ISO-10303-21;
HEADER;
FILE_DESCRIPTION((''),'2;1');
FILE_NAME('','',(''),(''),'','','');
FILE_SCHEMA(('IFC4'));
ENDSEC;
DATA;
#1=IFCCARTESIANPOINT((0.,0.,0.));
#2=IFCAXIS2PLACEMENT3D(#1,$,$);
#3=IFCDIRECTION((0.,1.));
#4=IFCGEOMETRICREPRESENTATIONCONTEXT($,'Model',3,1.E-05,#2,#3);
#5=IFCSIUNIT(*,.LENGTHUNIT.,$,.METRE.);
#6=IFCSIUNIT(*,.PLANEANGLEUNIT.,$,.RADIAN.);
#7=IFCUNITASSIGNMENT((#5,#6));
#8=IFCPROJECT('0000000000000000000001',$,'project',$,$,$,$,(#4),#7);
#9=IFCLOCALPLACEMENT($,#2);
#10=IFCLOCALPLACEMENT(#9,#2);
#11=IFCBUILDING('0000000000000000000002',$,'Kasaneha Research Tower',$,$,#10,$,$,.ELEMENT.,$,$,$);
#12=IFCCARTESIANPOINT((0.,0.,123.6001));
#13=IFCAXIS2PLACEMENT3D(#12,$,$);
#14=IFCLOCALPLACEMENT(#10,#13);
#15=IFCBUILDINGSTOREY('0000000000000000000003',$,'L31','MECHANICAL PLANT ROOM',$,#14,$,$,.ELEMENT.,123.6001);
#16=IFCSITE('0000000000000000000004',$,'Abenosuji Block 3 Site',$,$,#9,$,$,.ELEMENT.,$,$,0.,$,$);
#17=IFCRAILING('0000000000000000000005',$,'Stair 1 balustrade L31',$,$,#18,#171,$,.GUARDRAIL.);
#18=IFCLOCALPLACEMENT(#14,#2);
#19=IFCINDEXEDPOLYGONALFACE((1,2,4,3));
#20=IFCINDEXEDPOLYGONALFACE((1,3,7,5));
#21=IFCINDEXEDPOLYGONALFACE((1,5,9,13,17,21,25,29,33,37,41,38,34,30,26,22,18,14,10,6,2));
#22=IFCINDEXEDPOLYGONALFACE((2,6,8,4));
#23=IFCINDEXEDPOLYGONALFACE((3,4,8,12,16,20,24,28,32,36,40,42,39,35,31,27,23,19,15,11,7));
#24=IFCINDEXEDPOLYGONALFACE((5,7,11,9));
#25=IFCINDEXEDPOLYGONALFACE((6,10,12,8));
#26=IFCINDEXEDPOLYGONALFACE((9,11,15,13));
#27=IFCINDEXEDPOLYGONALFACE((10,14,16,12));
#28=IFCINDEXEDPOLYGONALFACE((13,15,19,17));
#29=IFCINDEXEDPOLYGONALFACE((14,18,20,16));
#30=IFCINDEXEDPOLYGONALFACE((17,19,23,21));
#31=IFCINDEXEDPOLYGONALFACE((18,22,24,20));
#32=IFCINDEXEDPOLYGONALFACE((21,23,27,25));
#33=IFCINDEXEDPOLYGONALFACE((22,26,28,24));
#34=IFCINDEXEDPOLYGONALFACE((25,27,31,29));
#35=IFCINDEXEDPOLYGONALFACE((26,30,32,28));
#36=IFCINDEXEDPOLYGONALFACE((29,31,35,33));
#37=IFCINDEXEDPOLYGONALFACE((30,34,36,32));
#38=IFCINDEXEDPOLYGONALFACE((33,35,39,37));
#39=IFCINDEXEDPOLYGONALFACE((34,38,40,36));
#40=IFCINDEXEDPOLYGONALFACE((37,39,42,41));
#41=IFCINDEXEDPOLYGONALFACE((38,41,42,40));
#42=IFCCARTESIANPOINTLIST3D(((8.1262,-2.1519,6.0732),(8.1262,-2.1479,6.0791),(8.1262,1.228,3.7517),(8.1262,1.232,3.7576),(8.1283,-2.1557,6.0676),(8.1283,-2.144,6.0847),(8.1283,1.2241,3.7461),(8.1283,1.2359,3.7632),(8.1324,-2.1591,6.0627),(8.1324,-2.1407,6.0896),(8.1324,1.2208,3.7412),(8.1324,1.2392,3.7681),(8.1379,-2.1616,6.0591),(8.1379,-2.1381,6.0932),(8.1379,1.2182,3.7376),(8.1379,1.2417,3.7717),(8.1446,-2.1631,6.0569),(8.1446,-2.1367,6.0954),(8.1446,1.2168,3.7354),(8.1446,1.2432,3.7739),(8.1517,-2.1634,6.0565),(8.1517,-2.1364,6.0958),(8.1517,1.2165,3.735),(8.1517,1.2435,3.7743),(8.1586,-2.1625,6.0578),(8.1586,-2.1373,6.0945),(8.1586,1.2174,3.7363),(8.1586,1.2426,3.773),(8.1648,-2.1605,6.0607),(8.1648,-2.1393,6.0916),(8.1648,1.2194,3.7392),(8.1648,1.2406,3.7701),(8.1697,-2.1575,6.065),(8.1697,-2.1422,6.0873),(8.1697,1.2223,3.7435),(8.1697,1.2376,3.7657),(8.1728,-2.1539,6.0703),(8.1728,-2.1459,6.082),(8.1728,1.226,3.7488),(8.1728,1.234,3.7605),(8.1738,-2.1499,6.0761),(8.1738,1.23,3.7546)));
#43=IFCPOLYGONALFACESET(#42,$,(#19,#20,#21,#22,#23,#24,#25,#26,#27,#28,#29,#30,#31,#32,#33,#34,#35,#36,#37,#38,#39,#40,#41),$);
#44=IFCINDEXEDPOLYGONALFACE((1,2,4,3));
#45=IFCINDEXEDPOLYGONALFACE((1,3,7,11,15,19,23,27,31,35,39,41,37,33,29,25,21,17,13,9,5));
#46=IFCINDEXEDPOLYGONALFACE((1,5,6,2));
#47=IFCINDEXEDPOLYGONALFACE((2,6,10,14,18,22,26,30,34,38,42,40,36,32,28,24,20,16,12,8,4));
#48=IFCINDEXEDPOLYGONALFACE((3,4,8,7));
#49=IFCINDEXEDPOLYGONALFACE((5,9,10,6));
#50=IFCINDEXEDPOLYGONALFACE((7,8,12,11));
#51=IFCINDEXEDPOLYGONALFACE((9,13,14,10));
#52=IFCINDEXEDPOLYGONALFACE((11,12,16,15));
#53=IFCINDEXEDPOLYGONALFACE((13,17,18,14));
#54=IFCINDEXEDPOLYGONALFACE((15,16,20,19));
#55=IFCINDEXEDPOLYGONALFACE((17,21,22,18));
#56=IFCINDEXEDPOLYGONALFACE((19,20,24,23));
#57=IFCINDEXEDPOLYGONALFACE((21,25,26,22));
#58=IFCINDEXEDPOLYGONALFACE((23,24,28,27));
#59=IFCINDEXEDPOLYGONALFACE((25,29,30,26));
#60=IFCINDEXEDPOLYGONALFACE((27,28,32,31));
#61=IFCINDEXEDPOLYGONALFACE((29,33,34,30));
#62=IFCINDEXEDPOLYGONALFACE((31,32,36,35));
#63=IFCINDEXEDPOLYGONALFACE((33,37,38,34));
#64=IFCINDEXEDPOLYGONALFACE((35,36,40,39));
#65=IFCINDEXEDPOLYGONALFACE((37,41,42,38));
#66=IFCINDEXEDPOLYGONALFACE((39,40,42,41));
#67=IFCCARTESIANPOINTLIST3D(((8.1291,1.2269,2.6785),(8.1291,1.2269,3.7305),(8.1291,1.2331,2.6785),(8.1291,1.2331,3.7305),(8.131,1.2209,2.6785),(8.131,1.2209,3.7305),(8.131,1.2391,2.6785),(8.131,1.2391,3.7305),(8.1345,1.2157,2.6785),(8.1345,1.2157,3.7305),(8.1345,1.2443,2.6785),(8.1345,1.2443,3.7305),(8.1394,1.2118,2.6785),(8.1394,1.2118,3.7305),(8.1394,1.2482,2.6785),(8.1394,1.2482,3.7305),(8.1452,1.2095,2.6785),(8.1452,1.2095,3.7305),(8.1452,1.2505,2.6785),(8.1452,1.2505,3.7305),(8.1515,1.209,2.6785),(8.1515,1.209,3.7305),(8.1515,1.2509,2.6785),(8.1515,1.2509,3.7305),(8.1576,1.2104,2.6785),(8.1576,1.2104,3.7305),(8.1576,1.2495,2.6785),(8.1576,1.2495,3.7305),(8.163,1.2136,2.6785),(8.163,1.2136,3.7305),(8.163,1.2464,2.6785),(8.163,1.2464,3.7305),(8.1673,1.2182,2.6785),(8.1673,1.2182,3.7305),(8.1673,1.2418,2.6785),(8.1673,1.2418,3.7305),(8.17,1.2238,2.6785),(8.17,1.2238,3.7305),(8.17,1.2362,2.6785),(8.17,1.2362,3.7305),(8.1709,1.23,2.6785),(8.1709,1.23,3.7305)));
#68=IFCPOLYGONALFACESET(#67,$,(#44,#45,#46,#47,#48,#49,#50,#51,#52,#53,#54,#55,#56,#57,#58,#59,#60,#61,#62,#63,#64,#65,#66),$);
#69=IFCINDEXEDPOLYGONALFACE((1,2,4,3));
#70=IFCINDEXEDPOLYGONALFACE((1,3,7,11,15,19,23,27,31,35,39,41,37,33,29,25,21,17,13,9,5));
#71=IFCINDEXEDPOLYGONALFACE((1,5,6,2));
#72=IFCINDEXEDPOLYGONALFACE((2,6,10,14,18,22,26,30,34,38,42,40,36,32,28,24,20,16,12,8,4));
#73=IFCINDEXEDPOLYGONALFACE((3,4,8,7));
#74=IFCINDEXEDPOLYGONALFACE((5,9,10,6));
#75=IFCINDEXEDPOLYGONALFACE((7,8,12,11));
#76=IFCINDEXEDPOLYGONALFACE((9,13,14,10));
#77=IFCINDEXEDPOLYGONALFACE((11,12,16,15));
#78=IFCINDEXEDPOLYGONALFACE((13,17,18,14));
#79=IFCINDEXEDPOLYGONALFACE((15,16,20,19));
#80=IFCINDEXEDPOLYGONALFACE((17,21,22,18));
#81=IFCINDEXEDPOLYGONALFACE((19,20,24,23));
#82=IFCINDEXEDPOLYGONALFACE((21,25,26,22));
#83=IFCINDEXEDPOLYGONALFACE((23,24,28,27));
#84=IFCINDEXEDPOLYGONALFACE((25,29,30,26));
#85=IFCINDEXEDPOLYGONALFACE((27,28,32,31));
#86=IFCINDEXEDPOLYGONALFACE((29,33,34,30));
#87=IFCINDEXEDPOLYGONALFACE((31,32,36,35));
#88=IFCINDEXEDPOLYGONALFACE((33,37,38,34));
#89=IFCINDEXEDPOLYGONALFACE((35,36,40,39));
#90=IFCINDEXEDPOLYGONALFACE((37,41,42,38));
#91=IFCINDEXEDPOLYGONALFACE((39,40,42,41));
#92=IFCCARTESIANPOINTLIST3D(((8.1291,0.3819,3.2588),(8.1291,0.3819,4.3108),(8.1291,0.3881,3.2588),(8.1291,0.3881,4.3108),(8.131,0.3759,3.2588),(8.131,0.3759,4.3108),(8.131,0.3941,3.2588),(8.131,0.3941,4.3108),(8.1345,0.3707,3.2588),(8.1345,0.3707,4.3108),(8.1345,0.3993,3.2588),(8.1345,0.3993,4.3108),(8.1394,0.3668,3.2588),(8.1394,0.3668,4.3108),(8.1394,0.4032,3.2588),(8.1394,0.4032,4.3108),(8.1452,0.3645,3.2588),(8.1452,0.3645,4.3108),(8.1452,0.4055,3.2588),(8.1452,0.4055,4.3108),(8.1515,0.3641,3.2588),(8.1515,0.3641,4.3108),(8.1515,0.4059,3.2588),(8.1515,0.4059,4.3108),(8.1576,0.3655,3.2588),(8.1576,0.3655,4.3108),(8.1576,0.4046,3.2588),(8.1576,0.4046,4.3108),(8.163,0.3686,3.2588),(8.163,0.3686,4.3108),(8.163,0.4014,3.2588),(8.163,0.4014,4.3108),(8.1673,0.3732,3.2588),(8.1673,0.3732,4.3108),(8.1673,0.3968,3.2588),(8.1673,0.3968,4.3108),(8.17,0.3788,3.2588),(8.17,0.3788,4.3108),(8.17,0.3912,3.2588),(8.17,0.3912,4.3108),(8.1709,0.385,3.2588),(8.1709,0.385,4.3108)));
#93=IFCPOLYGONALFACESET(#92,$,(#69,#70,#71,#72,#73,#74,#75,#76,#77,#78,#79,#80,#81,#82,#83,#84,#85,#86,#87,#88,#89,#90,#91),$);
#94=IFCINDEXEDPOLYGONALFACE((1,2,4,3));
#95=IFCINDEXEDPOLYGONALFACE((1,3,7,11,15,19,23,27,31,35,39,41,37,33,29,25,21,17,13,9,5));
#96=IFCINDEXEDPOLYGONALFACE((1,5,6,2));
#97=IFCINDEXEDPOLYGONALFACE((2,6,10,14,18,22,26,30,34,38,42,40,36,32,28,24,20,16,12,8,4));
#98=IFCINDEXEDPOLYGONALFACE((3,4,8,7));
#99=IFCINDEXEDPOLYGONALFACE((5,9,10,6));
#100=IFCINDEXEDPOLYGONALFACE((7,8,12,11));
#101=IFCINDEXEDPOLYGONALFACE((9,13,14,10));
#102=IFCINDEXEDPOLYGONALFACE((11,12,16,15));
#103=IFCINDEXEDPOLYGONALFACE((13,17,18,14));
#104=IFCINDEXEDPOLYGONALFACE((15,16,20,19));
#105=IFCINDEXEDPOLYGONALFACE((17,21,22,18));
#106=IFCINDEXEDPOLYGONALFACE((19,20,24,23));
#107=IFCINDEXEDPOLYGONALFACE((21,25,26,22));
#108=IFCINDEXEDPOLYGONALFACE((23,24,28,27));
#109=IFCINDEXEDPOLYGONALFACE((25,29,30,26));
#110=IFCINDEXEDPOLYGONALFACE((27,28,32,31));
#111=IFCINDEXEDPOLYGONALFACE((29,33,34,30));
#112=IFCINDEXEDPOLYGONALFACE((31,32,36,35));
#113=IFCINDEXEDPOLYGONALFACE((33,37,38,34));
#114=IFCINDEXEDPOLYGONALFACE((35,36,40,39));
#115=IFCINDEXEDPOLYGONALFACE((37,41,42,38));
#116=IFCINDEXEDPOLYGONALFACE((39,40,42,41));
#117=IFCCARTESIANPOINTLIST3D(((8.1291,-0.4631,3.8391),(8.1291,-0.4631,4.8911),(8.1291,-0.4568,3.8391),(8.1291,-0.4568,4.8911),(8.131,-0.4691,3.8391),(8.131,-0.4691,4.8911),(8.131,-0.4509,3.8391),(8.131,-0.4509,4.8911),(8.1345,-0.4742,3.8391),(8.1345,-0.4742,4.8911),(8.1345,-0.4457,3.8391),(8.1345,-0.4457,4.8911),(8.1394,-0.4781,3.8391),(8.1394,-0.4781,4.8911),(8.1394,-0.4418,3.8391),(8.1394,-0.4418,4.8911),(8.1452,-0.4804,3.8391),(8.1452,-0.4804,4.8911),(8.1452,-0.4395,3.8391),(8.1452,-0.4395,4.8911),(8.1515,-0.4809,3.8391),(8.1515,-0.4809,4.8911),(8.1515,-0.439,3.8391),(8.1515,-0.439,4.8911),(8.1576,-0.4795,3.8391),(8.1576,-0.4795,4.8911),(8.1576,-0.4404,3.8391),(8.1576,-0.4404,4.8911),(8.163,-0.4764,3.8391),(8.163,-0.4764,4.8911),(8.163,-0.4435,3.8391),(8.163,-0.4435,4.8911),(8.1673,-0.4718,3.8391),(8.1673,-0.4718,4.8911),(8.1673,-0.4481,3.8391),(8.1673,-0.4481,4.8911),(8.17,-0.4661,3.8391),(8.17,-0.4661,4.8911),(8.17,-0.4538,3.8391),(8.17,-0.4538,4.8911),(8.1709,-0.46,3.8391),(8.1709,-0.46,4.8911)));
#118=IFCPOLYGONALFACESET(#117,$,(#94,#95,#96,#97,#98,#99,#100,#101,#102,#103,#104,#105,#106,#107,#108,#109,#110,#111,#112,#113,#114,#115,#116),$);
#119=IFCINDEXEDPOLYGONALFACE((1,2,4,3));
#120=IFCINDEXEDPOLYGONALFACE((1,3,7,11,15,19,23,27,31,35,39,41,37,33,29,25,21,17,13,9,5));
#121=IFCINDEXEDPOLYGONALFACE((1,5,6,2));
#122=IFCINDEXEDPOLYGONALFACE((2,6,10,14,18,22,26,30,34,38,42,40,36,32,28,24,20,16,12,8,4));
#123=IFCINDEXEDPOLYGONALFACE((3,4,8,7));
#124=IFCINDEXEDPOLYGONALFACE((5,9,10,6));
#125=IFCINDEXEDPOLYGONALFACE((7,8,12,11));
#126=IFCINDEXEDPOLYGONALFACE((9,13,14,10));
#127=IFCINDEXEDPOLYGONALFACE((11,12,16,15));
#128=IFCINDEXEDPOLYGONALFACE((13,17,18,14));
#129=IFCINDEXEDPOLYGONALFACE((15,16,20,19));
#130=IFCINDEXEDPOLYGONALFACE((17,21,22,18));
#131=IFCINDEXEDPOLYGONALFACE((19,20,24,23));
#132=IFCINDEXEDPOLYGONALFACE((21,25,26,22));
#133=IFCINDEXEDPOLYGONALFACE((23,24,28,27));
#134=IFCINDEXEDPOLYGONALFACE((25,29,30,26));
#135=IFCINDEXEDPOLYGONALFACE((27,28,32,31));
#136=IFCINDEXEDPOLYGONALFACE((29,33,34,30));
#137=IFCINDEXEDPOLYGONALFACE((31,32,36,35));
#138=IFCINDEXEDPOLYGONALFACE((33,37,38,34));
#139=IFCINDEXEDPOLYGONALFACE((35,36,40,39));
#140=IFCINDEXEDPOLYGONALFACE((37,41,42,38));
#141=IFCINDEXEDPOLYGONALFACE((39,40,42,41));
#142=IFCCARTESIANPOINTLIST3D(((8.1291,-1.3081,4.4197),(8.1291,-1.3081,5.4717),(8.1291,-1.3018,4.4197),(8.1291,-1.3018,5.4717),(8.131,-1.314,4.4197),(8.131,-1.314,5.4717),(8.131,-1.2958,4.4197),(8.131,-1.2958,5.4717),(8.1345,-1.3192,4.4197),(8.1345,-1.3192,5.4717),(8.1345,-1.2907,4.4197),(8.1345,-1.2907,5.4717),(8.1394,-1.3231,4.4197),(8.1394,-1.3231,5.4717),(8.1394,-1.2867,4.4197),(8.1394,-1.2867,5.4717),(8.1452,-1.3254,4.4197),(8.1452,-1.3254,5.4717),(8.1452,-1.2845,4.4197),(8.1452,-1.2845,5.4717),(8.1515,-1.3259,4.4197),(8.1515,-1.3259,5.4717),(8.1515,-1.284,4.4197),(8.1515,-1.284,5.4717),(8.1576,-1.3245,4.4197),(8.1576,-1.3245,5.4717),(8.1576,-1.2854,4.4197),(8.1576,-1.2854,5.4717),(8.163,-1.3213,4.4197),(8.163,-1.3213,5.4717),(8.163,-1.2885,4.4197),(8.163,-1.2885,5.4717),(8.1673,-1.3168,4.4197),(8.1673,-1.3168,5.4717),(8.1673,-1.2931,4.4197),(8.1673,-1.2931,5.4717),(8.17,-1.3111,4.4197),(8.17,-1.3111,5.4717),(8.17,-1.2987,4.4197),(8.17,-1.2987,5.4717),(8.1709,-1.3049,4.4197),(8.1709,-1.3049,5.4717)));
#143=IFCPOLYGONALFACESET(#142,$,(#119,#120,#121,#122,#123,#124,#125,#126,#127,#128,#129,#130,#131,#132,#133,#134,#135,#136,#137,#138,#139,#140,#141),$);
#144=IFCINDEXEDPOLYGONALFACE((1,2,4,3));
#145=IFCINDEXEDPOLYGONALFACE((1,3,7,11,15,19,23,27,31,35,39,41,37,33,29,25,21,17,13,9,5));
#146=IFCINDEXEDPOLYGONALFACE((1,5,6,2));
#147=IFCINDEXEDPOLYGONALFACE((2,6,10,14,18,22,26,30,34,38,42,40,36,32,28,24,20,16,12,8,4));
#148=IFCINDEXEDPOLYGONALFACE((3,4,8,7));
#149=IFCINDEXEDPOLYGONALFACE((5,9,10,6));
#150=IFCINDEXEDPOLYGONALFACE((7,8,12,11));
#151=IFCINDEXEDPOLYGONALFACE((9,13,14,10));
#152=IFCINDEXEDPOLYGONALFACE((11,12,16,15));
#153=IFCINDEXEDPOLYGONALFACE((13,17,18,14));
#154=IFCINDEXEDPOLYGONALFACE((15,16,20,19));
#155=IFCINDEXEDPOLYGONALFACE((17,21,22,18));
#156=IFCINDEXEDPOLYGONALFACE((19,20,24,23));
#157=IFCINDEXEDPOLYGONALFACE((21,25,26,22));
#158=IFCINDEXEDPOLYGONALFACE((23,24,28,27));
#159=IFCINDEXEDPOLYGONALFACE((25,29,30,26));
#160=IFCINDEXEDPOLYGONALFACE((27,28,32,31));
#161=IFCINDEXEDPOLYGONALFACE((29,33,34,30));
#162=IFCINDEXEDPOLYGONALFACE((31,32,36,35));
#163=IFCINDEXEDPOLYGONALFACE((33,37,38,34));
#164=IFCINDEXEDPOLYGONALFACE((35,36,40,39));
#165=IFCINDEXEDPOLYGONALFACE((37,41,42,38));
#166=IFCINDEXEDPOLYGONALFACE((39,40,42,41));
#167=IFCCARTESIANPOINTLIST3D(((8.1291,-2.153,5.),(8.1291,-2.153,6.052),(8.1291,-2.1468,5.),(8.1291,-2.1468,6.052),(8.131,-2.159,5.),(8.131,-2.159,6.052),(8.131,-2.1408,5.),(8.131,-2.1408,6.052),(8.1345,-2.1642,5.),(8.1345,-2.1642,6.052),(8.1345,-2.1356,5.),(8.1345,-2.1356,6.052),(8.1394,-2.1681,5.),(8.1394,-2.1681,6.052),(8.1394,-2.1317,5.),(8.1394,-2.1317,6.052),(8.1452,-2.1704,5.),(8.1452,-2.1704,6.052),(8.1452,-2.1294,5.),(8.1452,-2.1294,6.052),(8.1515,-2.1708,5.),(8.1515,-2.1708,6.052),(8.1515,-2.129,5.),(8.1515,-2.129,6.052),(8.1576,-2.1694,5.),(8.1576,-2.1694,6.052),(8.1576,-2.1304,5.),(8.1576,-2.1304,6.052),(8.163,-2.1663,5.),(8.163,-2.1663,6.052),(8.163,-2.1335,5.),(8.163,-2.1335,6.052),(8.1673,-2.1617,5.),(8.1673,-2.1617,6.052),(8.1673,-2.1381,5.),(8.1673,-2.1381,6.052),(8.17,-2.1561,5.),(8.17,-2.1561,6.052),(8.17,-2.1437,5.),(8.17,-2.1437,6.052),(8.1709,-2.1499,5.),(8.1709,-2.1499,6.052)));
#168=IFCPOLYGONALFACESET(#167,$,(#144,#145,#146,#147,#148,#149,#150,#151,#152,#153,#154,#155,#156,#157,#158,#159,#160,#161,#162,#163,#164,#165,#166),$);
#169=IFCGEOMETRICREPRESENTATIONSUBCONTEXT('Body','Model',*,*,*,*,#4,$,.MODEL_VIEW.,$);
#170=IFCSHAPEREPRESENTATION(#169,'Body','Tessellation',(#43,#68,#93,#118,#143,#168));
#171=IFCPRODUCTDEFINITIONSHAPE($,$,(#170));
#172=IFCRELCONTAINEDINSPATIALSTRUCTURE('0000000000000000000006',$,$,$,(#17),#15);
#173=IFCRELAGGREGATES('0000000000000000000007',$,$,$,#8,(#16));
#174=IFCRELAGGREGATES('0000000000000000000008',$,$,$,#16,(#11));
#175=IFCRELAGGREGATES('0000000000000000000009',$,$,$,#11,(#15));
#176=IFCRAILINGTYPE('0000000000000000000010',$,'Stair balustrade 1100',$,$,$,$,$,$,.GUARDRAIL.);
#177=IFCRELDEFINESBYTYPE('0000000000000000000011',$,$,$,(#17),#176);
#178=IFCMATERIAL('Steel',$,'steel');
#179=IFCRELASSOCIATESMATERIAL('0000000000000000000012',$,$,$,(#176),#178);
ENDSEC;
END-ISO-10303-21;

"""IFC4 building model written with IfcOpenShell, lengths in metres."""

from ifc_helpers import new_model, si_unit, direction, frame, origin, origin_2d, place, context, subcontext, project, spatial, circle, extrude, material, type_object, element, save


model = new_model("IFC4")

# Units and contexts
model_context = context("Model", 3, precision=1e-05, world=origin(), true_north=direction((0.0, 1.0)))
body_context = subcontext(model_context, "Body", "Model", "MODEL_VIEW")
ifc_project = project(units=[si_unit("LENGTHUNIT", "METRE"), si_unit("PLANEANGLEUNIT", "RADIAN")], contexts=[model_context])

# Site, building, storey
site_placement = place(None, origin())
site = spatial("IfcSite", under=ifc_project, at=site_placement, Name="Abenosuji Block 3 Site", CompositionType="ELEMENT", RefElevation=0.0)
building_placement = place(site_placement, origin())
building = spatial("IfcBuilding", under=site, at=building_placement, Name="Kasaneha Research Tower", CompositionType="ELEMENT")
storey_placement = place(building_placement, frame((0.0, 0.0, 123.6001)))
storey = spatial("IfcBuildingStorey", under=building, at=storey_placement, Name="L31", Description="MECHANICAL PLANT ROOM", CompositionType="ELEMENT", Elevation=123.6001)

# Railing
ifc_material_1 = material(Name="Steel", Category="steel")
railing_type_1 = type_object("IfcRailingType", Name="Stair balustrade 1100", PredefinedType="GUARDRAIL", material=ifc_material_1)
railing_1_placement = place(storey_placement, frame((8.1499, 1.23, 2.6785)))
element("IfcRailing", 1, at=railing_1_placement, inside=storey, type_object=railing_type_1, Name="Stair 1 balustrade L31", PredefinedType="GUARDRAIL", context=body_context, shape_type="SweptSolid", body=[
    extrude(circle(Radius=0.0239, at=origin_2d()), frame((0.0, 0.0, 1.0762), z_axis=(0.0, -0.824285, 0.566175), x_axis=(1.0, 0.0, 0.0)), (0.0, 0.0, 1.0), 4.1003),
    extrude(circle(Radius=0.021, at=origin_2d()), origin(), (0.0, 0.0, 1.0), 1.052),
    extrude(circle(Radius=0.021, at=origin_2d()), frame((0.0, -0.845, 0.5803)), (0.0, 0.0, 1.0), 1.052),
    extrude(circle(Radius=0.021, at=origin_2d()), frame((0.0, -1.6899, 1.1606)), (0.0, 0.0, 1.0), 1.052),
    extrude(circle(Radius=0.021, at=origin_2d()), frame((0.0, -2.5349, 1.7412)), (0.0, 0.0, 1.0), 1.052),
    extrude(circle(Radius=0.021, at=origin_2d()), frame((0.0, -3.3799, 2.3215)), (0.0, 0.0, 1.0), 1.052),
])

save(model, "model.ifc")
